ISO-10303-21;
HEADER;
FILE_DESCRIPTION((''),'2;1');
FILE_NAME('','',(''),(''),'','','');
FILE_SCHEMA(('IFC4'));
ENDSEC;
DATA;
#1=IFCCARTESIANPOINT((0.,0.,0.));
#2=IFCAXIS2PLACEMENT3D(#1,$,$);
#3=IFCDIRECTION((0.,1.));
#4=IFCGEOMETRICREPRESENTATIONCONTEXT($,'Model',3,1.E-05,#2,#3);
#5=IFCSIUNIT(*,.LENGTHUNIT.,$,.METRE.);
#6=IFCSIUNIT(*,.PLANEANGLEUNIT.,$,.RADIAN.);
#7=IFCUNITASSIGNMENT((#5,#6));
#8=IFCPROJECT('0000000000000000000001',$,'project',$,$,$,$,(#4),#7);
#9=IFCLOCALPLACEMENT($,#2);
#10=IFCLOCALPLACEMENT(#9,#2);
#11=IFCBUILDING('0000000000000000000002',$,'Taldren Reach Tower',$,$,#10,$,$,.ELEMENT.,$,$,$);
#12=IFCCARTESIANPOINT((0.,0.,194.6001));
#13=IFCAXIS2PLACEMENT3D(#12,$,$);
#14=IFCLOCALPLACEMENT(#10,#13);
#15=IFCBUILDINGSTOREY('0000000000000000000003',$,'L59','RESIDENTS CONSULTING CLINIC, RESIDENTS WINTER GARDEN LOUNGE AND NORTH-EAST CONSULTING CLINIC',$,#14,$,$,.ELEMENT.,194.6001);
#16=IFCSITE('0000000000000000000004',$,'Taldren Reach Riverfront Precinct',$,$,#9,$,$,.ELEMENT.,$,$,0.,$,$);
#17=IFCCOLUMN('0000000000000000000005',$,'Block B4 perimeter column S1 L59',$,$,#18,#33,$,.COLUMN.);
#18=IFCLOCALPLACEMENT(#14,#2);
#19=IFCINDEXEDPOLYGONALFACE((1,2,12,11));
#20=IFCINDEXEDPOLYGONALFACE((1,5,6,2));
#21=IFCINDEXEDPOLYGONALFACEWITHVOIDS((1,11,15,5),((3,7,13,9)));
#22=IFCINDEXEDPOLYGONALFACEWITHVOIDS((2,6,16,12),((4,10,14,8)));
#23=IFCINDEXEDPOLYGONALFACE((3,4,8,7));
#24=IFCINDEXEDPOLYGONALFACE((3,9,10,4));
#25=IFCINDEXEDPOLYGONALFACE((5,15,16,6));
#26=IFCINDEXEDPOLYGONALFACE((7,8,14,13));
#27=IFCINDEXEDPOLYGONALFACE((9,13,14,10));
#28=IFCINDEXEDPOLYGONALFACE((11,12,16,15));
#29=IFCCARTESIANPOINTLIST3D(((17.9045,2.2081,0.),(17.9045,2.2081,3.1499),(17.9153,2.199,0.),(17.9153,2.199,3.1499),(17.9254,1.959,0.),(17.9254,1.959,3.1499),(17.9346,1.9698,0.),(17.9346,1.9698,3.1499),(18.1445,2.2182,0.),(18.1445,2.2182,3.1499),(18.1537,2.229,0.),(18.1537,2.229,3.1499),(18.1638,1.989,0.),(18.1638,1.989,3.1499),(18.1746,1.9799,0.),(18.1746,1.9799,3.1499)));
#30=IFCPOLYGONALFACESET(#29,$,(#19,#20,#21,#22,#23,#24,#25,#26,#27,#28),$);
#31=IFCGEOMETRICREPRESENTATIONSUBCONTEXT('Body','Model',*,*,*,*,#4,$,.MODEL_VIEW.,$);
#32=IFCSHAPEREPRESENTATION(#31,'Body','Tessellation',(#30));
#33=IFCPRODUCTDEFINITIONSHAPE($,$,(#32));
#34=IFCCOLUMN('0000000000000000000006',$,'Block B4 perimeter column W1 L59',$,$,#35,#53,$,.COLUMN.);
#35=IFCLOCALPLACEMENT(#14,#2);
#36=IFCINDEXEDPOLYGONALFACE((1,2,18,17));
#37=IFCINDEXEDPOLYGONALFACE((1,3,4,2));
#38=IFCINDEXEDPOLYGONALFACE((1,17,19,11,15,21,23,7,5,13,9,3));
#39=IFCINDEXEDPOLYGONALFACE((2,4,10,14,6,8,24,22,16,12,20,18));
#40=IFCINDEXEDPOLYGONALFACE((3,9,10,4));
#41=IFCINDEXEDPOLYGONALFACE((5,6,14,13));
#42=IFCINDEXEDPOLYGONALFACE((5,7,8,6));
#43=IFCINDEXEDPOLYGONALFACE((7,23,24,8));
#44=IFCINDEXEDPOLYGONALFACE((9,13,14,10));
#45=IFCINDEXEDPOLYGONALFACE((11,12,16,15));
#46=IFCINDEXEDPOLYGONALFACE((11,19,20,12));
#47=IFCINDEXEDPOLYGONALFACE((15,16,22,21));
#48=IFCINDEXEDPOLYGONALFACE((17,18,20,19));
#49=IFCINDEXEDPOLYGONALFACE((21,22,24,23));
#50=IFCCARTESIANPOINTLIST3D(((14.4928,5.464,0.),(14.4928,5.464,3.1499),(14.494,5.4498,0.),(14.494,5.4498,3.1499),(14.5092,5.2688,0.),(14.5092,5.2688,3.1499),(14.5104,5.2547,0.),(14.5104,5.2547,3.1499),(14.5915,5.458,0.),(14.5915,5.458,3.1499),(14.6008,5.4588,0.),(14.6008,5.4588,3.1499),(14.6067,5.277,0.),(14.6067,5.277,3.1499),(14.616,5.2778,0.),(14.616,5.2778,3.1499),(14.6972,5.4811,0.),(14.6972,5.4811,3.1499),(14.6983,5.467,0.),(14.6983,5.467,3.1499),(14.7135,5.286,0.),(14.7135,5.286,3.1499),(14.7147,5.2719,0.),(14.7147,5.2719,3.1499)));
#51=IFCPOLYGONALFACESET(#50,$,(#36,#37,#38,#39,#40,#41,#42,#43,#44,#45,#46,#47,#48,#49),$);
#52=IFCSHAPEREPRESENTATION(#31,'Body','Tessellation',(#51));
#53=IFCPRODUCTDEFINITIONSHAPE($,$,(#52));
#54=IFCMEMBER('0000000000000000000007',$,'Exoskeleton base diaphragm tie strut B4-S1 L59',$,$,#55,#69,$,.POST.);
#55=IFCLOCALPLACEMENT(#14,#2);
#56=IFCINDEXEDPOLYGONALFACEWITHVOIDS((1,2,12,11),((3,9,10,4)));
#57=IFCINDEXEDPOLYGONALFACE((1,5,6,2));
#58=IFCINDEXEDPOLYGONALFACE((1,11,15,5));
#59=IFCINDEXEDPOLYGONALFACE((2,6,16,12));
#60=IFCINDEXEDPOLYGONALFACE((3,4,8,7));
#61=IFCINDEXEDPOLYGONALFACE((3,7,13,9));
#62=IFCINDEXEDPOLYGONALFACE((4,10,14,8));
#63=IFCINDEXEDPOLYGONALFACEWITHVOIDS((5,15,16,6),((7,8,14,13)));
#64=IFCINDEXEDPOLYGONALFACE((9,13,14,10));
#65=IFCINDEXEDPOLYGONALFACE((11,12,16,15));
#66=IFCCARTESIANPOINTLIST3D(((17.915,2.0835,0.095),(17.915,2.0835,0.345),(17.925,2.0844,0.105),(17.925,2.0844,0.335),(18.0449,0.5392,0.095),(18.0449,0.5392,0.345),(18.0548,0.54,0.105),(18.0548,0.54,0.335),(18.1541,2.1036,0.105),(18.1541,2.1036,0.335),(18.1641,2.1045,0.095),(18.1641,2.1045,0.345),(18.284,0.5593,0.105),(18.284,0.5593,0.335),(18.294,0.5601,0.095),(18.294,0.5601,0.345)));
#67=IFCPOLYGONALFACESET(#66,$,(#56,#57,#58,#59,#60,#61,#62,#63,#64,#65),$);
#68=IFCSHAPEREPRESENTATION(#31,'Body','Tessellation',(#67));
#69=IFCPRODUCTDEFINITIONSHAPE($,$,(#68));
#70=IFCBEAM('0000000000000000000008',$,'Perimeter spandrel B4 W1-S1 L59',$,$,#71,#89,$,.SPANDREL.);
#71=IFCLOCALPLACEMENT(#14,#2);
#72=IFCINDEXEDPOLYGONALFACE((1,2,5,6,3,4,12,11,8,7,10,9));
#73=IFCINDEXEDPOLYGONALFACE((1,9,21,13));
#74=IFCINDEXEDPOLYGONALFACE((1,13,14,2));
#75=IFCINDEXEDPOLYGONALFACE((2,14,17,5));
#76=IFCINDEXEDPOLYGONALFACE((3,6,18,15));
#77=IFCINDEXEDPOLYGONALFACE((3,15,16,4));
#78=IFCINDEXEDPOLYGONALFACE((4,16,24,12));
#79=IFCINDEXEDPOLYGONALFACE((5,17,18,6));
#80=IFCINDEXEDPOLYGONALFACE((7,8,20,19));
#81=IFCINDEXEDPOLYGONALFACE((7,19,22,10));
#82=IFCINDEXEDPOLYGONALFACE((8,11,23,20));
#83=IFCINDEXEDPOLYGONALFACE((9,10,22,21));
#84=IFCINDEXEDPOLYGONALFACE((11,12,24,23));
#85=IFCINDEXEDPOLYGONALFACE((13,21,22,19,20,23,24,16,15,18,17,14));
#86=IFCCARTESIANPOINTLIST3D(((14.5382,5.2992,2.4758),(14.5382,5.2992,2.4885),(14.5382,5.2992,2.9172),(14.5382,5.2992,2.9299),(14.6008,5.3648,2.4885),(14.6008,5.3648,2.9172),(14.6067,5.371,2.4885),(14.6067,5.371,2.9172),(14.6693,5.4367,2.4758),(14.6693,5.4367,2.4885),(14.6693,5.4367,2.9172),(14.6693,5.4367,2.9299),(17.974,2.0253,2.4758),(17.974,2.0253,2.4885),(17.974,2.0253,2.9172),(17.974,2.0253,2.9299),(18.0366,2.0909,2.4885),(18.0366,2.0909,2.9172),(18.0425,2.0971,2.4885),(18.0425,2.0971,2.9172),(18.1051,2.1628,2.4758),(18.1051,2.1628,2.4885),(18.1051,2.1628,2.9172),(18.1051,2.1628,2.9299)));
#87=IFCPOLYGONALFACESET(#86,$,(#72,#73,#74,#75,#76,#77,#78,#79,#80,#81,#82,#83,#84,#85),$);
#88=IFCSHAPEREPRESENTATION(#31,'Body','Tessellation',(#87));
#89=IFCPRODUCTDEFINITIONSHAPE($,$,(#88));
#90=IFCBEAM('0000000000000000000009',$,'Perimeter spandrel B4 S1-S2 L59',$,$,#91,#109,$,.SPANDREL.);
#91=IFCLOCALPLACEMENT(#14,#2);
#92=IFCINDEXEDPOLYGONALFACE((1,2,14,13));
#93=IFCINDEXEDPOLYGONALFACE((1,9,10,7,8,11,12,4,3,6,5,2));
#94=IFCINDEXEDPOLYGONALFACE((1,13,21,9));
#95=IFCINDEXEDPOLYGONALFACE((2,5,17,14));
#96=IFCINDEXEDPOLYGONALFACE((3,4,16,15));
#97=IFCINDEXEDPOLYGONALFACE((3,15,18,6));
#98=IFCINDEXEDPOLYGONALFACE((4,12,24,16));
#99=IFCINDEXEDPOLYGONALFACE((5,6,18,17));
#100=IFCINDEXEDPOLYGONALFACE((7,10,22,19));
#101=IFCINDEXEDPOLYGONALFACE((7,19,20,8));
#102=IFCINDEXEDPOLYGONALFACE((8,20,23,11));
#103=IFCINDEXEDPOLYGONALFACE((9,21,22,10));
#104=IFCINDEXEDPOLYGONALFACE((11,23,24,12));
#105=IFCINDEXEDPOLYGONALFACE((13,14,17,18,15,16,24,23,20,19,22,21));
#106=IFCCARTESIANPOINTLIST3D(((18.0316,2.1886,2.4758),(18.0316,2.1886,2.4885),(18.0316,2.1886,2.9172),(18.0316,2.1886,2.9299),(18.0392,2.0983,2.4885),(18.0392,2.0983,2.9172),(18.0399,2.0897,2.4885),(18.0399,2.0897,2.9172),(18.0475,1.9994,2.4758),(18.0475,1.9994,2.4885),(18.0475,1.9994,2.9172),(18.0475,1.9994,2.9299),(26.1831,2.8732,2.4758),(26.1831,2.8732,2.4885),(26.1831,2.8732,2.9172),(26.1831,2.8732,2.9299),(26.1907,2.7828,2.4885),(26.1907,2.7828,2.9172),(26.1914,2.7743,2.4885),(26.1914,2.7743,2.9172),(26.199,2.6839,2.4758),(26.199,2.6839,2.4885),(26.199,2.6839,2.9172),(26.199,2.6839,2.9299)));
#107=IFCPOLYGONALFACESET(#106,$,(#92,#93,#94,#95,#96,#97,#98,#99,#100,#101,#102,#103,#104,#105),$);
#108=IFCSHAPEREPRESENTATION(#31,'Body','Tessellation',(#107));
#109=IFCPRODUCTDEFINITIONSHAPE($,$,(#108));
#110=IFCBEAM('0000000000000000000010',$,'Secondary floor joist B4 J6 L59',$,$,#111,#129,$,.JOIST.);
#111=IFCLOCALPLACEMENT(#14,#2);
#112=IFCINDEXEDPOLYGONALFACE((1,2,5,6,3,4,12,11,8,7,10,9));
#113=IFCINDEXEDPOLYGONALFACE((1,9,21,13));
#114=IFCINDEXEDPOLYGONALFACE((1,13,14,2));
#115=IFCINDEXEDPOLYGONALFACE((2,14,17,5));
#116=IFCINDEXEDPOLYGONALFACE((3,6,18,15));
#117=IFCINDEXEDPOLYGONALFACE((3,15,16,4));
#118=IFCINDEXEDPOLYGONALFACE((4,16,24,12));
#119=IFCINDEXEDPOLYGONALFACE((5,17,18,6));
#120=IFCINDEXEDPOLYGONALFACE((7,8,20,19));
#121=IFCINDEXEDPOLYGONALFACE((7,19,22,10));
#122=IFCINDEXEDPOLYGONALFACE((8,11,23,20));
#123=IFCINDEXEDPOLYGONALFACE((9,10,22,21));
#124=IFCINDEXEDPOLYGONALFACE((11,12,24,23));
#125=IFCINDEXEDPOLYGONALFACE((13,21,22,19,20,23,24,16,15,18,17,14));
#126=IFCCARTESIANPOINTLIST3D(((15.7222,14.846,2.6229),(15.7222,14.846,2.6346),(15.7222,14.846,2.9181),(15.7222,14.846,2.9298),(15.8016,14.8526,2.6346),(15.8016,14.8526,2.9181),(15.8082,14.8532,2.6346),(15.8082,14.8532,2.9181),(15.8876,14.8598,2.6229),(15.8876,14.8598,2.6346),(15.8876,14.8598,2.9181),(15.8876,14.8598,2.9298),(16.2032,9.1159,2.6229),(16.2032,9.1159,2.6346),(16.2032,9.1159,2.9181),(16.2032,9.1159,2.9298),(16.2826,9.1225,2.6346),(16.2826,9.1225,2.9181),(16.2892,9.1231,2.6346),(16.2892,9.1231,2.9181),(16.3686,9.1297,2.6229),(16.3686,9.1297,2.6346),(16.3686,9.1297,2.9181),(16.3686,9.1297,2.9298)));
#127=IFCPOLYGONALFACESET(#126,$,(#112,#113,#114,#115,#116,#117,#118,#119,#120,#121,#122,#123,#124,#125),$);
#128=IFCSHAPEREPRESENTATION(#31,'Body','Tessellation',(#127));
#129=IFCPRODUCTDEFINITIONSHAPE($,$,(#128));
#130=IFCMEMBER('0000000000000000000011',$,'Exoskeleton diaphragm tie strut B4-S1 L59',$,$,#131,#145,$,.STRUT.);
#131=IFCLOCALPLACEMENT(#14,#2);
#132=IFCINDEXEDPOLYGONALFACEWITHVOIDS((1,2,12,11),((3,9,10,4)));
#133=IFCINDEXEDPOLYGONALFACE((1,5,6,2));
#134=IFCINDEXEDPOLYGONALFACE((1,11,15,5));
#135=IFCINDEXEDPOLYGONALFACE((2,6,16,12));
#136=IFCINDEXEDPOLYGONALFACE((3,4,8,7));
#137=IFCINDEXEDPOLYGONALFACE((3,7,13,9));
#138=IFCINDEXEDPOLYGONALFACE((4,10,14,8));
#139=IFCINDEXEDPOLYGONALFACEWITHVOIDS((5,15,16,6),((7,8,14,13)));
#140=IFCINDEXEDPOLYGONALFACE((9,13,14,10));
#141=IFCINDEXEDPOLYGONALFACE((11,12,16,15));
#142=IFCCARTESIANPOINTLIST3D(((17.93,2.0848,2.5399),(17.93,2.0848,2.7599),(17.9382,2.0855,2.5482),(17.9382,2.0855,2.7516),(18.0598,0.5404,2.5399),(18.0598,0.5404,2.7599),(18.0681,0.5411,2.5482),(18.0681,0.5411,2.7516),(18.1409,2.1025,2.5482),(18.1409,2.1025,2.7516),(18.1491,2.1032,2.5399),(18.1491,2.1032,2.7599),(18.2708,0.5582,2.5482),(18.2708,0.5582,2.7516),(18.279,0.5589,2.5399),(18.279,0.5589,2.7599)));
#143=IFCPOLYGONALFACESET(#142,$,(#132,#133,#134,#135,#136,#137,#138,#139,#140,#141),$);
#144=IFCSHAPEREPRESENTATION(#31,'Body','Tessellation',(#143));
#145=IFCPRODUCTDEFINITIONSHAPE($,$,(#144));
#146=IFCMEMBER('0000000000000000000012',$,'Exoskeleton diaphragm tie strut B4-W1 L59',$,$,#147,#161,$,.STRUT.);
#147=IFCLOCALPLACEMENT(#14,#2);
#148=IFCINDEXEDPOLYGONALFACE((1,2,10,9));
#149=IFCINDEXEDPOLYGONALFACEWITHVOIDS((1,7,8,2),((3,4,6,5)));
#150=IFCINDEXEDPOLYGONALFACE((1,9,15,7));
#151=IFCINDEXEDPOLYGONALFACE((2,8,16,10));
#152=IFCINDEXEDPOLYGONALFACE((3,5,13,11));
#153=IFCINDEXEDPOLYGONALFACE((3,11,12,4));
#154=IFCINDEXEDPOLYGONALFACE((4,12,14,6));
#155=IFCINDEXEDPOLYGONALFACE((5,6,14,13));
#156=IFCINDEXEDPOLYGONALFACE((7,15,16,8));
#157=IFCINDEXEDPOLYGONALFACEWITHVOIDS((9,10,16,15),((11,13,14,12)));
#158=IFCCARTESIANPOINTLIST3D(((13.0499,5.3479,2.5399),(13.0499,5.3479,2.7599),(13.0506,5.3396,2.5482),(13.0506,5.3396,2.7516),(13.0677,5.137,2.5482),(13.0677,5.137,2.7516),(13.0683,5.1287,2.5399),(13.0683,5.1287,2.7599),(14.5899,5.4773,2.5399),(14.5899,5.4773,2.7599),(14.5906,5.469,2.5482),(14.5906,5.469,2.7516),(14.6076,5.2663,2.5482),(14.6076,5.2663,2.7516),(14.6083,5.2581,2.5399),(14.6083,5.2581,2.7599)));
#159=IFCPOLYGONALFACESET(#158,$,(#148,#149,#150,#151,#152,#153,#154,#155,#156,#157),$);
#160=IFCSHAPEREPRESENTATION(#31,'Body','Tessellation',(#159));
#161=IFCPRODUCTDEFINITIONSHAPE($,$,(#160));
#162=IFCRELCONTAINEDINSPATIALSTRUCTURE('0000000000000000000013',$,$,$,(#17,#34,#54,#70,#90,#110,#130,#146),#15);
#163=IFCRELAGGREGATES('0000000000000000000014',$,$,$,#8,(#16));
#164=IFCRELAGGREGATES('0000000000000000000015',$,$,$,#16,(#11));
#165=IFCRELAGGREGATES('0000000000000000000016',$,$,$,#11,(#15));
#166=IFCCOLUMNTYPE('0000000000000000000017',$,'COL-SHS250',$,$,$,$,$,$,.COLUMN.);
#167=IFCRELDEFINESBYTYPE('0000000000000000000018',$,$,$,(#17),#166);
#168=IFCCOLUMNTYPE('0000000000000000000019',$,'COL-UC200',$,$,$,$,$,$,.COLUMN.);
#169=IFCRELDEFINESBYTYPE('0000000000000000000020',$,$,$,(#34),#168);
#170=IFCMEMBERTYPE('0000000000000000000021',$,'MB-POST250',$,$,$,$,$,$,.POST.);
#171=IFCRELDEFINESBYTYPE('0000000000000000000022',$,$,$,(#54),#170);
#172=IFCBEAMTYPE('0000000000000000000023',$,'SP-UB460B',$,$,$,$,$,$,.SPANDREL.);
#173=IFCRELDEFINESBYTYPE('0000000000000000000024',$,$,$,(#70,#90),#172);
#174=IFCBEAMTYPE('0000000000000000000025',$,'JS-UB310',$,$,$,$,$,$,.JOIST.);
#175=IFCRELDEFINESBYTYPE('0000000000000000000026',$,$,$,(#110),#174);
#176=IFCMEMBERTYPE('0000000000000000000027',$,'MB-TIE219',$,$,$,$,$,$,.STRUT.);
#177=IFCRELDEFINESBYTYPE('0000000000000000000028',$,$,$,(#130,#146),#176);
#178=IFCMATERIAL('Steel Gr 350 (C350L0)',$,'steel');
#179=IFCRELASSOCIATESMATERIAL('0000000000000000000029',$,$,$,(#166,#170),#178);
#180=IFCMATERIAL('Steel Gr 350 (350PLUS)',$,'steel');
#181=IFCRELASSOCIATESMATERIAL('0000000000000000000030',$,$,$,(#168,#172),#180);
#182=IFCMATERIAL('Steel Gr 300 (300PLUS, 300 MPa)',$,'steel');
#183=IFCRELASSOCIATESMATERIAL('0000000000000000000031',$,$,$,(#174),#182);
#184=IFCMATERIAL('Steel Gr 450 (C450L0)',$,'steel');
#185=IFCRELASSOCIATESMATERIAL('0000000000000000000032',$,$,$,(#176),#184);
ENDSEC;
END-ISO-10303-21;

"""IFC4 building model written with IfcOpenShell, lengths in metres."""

from ifc_helpers import new_model, si_unit, direction, frame, origin, origin_2d, place, context, subcontext, project, spatial, hollow_rectangle, i_section, extrude, source, transform, mapped, material, material_profile, profile_set, type_object, element, save


model = new_model("IFC4")

# Units and contexts
model_context = context("Model", 3, precision=1e-05, world=origin(), true_north=direction((0.0, 1.0)))
body_context = subcontext(model_context, "Body", "Model", "MODEL_VIEW")
ifc_project = project(units=[si_unit("LENGTHUNIT", "METRE"), si_unit("PLANEANGLEUNIT", "RADIAN")], contexts=[model_context])

# Site, building, storey
site_placement = place(None, origin())
site = spatial("IfcSite", under=ifc_project, at=site_placement, Name="Taldren Reach Riverfront Precinct", CompositionType="ELEMENT", RefElevation=0.0)
building_placement = place(site_placement, origin())
building = spatial("IfcBuilding", under=site, at=building_placement, Name="Taldren Reach Tower", CompositionType="ELEMENT")
storey_placement = place(building_placement, frame((0.0, 0.0, 194.6001)))
storey = spatial("IfcBuildingStorey", under=building, at=storey_placement, Name="L59", Description="RESIDENTS CONSULTING CLINIC, RESIDENTS WINTER GARDEN LOUNGE AND NORTH-EAST CONSULTING CLINIC", CompositionType="ELEMENT", Elevation=194.6001)

# Columns
ifc_material_1 = material(Name="Steel Gr 350 (C350L0)", Category="steel")
ifc_material_profile_1 = material_profile(ifc_material_1, hollow_rectangle(XDim=0.25, YDim=0.25, WallThickness=0.01, at=origin_2d()), Name="250x250x10.0SHS")
ifc_profile_set_1 = profile_set([ifc_material_profile_1], Name="Steel Gr 350 (C350L0)")
column_type_1 = type_object("IfcColumnType", Name="COL-SHS250", PredefinedType="COLUMN", material=ifc_profile_set_1)
shared_shape_1 = source(origin(), body_context, "Body", "SweptSolid", [
    extrude(hollow_rectangle(XDim=0.25, YDim=0.25, WallThickness=0.01, at=origin_2d()), origin(), (0.0, 0.0, 1.0), 3.1499),
])
column_1_placement = place(storey_placement, frame((18.0396, 2.094, 0.0), z_axis=(0.0, 0.0, 1.0), x_axis=(0.996493, 0.083678, 0.0)))
element("IfcColumn", 1, at=column_1_placement, inside=storey, type_object=column_type_1, Name="Block B4 perimeter column S1 L59", PredefinedType="COLUMN", context=body_context, shape_type="MappedRepresentation", body=[
    mapped(shared_shape_1, transform((0.0, 0.0, 0.0), scale=1.0)),
])
ifc_material_2 = material(Name="Steel Gr 350 (350PLUS)", Category="steel")
ifc_material_profile_2 = material_profile(ifc_material_2, i_section(OverallWidth=0.2051, OverallDepth=0.21, WebThickness=0.0093, FlangeThickness=0.0142, at=origin_2d()), Name="200UC59.5")
ifc_profile_set_2 = profile_set([ifc_material_profile_2], Name="Steel Gr 350 (350PLUS)")
column_type_2 = type_object("IfcColumnType", Name="COL-UC200", PredefinedType="COLUMN", material=ifc_profile_set_2)
shared_shape_2 = source(origin(), body_context, "Body", "SweptSolid", [
    extrude(i_section(OverallWidth=0.2051, OverallDepth=0.21, WebThickness=0.0093, FlangeThickness=0.0142, at=origin_2d()), origin(), (0.0, 0.0, 1.0), 3.1499),
])
column_2_placement = place(storey_placement, frame((14.6038, 5.3679, 0.0), z_axis=(0.0, 0.0, 1.0), x_axis=(0.996493, 0.083678, 0.0)))
element("IfcColumn", 2, at=column_2_placement, inside=storey, type_object=column_type_2, Name="Block B4 perimeter column W1 L59", PredefinedType="COLUMN", context=body_context, shape_type="MappedRepresentation", body=[
    mapped(shared_shape_2, transform((0.0, 0.0, 0.0), scale=1.0)),
])

# Member
ifc_material_profile_3 = material_profile(ifc_material_1, hollow_rectangle(XDim=0.25, YDim=0.25, WallThickness=0.01, at=origin_2d()), Name="250x250x10.0SHS")
ifc_profile_set_3 = profile_set([ifc_material_profile_3], Name="Steel Gr 350 (C350L0)")
member_type_1 = type_object("IfcMemberType", Name="MB-POST250", PredefinedType="POST", material=ifc_profile_set_3)
shared_shape_3 = source(origin(), body_context, "Body", "SweptSolid", [
    extrude(hollow_rectangle(XDim=0.25, YDim=0.25, WallThickness=0.01, at=origin_2d()), origin(), (0.0, 0.0, 1.0), 1.5498),
])
member_1_placement = place(storey_placement, frame((18.0396, 2.094, 0.22), z_axis=(0.083802, -0.996482, 0.0), x_axis=(0.996482, 0.083802, 0.0)))
element("IfcMember", 3, at=member_1_placement, inside=storey, type_object=member_type_1, Name="Exoskeleton base diaphragm tie strut B4-S1 L59", PredefinedType="POST", context=body_context, shape_type="MappedRepresentation", body=[
    mapped(shared_shape_3, transform((0.0, 0.0, 0.0), scale=1.0)),
])

# Beams
ifc_material_profile_4 = material_profile(ifc_material_2, i_section(OverallWidth=0.1899, OverallDepth=0.4541, WebThickness=0.0085, FlangeThickness=0.0127, at=origin_2d()), Name="460UB67.1")
ifc_profile_set_4 = profile_set([ifc_material_profile_4], Name="Steel Gr 350 (350PLUS)")
beam_type_1 = type_object("IfcBeamType", Name="SP-UB460B", PredefinedType="SPANDREL", material=ifc_profile_set_4)
shared_shape_4 = source(origin(), body_context, "Body", "SweptSolid", [
    extrude(i_section(OverallWidth=0.1899, OverallDepth=0.4541, WebThickness=0.0085, FlangeThickness=0.0127, at=origin_2d()), origin(), (0.0, 0.0, 1.0), 4.7458),
])
beam_1_placement = place(storey_placement, frame((14.6038, 5.3679, 2.7029), z_axis=(0.723954, -0.689848, 0.0), x_axis=(0.689848, 0.723954, 0.0)))
element("IfcBeam", 4, at=beam_1_placement, inside=storey, type_object=beam_type_1, Name="Perimeter spandrel B4 W1-S1 L59", PredefinedType="SPANDREL", context=body_context, shape_type="MappedRepresentation", body=[
    mapped(shared_shape_4, transform((0.0, 0.0, 0.0), scale=1.0)),
])
shared_shape_5 = source(origin(), body_context, "Body", "SweptSolid", [
    extrude(i_section(OverallWidth=0.1899, OverallDepth=0.4541, WebThickness=0.0085, FlangeThickness=0.0127, at=origin_2d()), origin(), (0.0, 0.0, 1.0), 8.1802),
])
beam_2_placement = place(storey_placement, frame((18.0396, 2.094, 2.7029), z_axis=(0.996492, 0.083688, 0.0), x_axis=(-0.083688, 0.996492, 0.0)))
element("IfcBeam", 5, at=beam_2_placement, inside=storey, type_object=beam_type_1, Name="Perimeter spandrel B4 S1-S2 L59", PredefinedType="SPANDREL", context=body_context, shape_type="MappedRepresentation", body=[
    mapped(shared_shape_5, transform((0.0, 0.0, 0.0), scale=1.0)),
])
ifc_material_3 = material(Name="Steel Gr 300 (300PLUS, 300 MPa)", Category="steel")
ifc_material_profile_5 = material_profile(ifc_material_3, i_section(OverallWidth=0.166, OverallDepth=0.3069, WebThickness=0.0066, FlangeThickness=0.0117, at=origin_2d()), Name="310UB46.2")
ifc_profile_set_5 = profile_set([ifc_material_profile_5], Name="Steel Gr 300 (300PLUS, 300 MPa)")
beam_type_2 = type_object("IfcBeamType", Name="JS-UB310", PredefinedType="JOIST", material=ifc_profile_set_5)
shared_shape_6 = source(origin(), body_context, "Body", "SweptSolid", [
    extrude(i_section(OverallWidth=0.166, OverallDepth=0.3069, WebThickness=0.0066, FlangeThickness=0.0117, at=origin_2d()), origin(), (0.0, 0.0, 1.0), 5.7502),
])
beam_3_placement = place(storey_placement, frame((16.2859, 9.1228, 2.7764), z_axis=(-0.083643, 0.996496, 0.0), x_axis=(-0.996496, -0.083643, 0.0)))
element("IfcBeam", 6, at=beam_3_placement, inside=storey, type_object=beam_type_2, Name="Secondary floor joist B4 J6 L59", PredefinedType="JOIST", context=body_context, shape_type="MappedRepresentation", body=[
    mapped(shared_shape_6, transform((0.0, 0.0, 0.0), scale=1.0)),
])

# Members
ifc_material_4 = material(Name="Steel Gr 450 (C450L0)", Category="steel")
ifc_material_profile_6 = material_profile(ifc_material_4, hollow_rectangle(XDim=0.22, YDim=0.22, WallThickness=0.0083, at=origin_2d()), Name="220x220x8.2SHS")
ifc_profile_set_6 = profile_set([ifc_material_profile_6], Name="Steel Gr 450 (C450L0)")
member_type_2 = type_object("IfcMemberType", Name="MB-TIE219", PredefinedType="STRUT", material=ifc_profile_set_6)
shared_shape_7 = source(origin(), body_context, "Body", "SweptSolid", [
    extrude(hollow_rectangle(XDim=0.22, YDim=0.22, WallThickness=0.0083, at=origin_2d()), origin(), (0.0, 0.0, 1.0), 1.5498),
])
member_2_placement = place(storey_placement, frame((18.0396, 2.094, 2.6499), z_axis=(0.083802, -0.996482, 0.0), x_axis=(0.996482, 0.083802, 0.0)))
element("IfcMember", 7, at=member_2_placement, inside=storey, type_object=member_type_2, Name="Exoskeleton diaphragm tie strut B4-S1 L59", PredefinedType="STRUT", context=body_context, shape_type="MappedRepresentation", body=[
    mapped(shared_shape_7, transform((0.0, 0.0, 0.0), scale=1.0)),
])
shared_shape_8 = source(origin(), body_context, "Body", "SweptSolid", [
    extrude(hollow_rectangle(XDim=0.22, YDim=0.22, WallThickness=0.0083, at=origin_2d()), origin(), (0.0, 0.0, 1.0), 1.5454),
])
member_3_placement = place(storey_placement, frame((14.5991, 5.3677, 2.6499), z_axis=(-0.996489, -0.083725, 0.0), x_axis=(0.083725, -0.996489, 0.0)))
element("IfcMember", 8, at=member_3_placement, inside=storey, type_object=member_type_2, Name="Exoskeleton diaphragm tie strut B4-W1 L59", PredefinedType="STRUT", context=body_context, shape_type="MappedRepresentation", body=[
    mapped(shared_shape_8, transform((0.0, 0.0, 0.0), scale=1.0)),
])

save(model, "model.ifc")
